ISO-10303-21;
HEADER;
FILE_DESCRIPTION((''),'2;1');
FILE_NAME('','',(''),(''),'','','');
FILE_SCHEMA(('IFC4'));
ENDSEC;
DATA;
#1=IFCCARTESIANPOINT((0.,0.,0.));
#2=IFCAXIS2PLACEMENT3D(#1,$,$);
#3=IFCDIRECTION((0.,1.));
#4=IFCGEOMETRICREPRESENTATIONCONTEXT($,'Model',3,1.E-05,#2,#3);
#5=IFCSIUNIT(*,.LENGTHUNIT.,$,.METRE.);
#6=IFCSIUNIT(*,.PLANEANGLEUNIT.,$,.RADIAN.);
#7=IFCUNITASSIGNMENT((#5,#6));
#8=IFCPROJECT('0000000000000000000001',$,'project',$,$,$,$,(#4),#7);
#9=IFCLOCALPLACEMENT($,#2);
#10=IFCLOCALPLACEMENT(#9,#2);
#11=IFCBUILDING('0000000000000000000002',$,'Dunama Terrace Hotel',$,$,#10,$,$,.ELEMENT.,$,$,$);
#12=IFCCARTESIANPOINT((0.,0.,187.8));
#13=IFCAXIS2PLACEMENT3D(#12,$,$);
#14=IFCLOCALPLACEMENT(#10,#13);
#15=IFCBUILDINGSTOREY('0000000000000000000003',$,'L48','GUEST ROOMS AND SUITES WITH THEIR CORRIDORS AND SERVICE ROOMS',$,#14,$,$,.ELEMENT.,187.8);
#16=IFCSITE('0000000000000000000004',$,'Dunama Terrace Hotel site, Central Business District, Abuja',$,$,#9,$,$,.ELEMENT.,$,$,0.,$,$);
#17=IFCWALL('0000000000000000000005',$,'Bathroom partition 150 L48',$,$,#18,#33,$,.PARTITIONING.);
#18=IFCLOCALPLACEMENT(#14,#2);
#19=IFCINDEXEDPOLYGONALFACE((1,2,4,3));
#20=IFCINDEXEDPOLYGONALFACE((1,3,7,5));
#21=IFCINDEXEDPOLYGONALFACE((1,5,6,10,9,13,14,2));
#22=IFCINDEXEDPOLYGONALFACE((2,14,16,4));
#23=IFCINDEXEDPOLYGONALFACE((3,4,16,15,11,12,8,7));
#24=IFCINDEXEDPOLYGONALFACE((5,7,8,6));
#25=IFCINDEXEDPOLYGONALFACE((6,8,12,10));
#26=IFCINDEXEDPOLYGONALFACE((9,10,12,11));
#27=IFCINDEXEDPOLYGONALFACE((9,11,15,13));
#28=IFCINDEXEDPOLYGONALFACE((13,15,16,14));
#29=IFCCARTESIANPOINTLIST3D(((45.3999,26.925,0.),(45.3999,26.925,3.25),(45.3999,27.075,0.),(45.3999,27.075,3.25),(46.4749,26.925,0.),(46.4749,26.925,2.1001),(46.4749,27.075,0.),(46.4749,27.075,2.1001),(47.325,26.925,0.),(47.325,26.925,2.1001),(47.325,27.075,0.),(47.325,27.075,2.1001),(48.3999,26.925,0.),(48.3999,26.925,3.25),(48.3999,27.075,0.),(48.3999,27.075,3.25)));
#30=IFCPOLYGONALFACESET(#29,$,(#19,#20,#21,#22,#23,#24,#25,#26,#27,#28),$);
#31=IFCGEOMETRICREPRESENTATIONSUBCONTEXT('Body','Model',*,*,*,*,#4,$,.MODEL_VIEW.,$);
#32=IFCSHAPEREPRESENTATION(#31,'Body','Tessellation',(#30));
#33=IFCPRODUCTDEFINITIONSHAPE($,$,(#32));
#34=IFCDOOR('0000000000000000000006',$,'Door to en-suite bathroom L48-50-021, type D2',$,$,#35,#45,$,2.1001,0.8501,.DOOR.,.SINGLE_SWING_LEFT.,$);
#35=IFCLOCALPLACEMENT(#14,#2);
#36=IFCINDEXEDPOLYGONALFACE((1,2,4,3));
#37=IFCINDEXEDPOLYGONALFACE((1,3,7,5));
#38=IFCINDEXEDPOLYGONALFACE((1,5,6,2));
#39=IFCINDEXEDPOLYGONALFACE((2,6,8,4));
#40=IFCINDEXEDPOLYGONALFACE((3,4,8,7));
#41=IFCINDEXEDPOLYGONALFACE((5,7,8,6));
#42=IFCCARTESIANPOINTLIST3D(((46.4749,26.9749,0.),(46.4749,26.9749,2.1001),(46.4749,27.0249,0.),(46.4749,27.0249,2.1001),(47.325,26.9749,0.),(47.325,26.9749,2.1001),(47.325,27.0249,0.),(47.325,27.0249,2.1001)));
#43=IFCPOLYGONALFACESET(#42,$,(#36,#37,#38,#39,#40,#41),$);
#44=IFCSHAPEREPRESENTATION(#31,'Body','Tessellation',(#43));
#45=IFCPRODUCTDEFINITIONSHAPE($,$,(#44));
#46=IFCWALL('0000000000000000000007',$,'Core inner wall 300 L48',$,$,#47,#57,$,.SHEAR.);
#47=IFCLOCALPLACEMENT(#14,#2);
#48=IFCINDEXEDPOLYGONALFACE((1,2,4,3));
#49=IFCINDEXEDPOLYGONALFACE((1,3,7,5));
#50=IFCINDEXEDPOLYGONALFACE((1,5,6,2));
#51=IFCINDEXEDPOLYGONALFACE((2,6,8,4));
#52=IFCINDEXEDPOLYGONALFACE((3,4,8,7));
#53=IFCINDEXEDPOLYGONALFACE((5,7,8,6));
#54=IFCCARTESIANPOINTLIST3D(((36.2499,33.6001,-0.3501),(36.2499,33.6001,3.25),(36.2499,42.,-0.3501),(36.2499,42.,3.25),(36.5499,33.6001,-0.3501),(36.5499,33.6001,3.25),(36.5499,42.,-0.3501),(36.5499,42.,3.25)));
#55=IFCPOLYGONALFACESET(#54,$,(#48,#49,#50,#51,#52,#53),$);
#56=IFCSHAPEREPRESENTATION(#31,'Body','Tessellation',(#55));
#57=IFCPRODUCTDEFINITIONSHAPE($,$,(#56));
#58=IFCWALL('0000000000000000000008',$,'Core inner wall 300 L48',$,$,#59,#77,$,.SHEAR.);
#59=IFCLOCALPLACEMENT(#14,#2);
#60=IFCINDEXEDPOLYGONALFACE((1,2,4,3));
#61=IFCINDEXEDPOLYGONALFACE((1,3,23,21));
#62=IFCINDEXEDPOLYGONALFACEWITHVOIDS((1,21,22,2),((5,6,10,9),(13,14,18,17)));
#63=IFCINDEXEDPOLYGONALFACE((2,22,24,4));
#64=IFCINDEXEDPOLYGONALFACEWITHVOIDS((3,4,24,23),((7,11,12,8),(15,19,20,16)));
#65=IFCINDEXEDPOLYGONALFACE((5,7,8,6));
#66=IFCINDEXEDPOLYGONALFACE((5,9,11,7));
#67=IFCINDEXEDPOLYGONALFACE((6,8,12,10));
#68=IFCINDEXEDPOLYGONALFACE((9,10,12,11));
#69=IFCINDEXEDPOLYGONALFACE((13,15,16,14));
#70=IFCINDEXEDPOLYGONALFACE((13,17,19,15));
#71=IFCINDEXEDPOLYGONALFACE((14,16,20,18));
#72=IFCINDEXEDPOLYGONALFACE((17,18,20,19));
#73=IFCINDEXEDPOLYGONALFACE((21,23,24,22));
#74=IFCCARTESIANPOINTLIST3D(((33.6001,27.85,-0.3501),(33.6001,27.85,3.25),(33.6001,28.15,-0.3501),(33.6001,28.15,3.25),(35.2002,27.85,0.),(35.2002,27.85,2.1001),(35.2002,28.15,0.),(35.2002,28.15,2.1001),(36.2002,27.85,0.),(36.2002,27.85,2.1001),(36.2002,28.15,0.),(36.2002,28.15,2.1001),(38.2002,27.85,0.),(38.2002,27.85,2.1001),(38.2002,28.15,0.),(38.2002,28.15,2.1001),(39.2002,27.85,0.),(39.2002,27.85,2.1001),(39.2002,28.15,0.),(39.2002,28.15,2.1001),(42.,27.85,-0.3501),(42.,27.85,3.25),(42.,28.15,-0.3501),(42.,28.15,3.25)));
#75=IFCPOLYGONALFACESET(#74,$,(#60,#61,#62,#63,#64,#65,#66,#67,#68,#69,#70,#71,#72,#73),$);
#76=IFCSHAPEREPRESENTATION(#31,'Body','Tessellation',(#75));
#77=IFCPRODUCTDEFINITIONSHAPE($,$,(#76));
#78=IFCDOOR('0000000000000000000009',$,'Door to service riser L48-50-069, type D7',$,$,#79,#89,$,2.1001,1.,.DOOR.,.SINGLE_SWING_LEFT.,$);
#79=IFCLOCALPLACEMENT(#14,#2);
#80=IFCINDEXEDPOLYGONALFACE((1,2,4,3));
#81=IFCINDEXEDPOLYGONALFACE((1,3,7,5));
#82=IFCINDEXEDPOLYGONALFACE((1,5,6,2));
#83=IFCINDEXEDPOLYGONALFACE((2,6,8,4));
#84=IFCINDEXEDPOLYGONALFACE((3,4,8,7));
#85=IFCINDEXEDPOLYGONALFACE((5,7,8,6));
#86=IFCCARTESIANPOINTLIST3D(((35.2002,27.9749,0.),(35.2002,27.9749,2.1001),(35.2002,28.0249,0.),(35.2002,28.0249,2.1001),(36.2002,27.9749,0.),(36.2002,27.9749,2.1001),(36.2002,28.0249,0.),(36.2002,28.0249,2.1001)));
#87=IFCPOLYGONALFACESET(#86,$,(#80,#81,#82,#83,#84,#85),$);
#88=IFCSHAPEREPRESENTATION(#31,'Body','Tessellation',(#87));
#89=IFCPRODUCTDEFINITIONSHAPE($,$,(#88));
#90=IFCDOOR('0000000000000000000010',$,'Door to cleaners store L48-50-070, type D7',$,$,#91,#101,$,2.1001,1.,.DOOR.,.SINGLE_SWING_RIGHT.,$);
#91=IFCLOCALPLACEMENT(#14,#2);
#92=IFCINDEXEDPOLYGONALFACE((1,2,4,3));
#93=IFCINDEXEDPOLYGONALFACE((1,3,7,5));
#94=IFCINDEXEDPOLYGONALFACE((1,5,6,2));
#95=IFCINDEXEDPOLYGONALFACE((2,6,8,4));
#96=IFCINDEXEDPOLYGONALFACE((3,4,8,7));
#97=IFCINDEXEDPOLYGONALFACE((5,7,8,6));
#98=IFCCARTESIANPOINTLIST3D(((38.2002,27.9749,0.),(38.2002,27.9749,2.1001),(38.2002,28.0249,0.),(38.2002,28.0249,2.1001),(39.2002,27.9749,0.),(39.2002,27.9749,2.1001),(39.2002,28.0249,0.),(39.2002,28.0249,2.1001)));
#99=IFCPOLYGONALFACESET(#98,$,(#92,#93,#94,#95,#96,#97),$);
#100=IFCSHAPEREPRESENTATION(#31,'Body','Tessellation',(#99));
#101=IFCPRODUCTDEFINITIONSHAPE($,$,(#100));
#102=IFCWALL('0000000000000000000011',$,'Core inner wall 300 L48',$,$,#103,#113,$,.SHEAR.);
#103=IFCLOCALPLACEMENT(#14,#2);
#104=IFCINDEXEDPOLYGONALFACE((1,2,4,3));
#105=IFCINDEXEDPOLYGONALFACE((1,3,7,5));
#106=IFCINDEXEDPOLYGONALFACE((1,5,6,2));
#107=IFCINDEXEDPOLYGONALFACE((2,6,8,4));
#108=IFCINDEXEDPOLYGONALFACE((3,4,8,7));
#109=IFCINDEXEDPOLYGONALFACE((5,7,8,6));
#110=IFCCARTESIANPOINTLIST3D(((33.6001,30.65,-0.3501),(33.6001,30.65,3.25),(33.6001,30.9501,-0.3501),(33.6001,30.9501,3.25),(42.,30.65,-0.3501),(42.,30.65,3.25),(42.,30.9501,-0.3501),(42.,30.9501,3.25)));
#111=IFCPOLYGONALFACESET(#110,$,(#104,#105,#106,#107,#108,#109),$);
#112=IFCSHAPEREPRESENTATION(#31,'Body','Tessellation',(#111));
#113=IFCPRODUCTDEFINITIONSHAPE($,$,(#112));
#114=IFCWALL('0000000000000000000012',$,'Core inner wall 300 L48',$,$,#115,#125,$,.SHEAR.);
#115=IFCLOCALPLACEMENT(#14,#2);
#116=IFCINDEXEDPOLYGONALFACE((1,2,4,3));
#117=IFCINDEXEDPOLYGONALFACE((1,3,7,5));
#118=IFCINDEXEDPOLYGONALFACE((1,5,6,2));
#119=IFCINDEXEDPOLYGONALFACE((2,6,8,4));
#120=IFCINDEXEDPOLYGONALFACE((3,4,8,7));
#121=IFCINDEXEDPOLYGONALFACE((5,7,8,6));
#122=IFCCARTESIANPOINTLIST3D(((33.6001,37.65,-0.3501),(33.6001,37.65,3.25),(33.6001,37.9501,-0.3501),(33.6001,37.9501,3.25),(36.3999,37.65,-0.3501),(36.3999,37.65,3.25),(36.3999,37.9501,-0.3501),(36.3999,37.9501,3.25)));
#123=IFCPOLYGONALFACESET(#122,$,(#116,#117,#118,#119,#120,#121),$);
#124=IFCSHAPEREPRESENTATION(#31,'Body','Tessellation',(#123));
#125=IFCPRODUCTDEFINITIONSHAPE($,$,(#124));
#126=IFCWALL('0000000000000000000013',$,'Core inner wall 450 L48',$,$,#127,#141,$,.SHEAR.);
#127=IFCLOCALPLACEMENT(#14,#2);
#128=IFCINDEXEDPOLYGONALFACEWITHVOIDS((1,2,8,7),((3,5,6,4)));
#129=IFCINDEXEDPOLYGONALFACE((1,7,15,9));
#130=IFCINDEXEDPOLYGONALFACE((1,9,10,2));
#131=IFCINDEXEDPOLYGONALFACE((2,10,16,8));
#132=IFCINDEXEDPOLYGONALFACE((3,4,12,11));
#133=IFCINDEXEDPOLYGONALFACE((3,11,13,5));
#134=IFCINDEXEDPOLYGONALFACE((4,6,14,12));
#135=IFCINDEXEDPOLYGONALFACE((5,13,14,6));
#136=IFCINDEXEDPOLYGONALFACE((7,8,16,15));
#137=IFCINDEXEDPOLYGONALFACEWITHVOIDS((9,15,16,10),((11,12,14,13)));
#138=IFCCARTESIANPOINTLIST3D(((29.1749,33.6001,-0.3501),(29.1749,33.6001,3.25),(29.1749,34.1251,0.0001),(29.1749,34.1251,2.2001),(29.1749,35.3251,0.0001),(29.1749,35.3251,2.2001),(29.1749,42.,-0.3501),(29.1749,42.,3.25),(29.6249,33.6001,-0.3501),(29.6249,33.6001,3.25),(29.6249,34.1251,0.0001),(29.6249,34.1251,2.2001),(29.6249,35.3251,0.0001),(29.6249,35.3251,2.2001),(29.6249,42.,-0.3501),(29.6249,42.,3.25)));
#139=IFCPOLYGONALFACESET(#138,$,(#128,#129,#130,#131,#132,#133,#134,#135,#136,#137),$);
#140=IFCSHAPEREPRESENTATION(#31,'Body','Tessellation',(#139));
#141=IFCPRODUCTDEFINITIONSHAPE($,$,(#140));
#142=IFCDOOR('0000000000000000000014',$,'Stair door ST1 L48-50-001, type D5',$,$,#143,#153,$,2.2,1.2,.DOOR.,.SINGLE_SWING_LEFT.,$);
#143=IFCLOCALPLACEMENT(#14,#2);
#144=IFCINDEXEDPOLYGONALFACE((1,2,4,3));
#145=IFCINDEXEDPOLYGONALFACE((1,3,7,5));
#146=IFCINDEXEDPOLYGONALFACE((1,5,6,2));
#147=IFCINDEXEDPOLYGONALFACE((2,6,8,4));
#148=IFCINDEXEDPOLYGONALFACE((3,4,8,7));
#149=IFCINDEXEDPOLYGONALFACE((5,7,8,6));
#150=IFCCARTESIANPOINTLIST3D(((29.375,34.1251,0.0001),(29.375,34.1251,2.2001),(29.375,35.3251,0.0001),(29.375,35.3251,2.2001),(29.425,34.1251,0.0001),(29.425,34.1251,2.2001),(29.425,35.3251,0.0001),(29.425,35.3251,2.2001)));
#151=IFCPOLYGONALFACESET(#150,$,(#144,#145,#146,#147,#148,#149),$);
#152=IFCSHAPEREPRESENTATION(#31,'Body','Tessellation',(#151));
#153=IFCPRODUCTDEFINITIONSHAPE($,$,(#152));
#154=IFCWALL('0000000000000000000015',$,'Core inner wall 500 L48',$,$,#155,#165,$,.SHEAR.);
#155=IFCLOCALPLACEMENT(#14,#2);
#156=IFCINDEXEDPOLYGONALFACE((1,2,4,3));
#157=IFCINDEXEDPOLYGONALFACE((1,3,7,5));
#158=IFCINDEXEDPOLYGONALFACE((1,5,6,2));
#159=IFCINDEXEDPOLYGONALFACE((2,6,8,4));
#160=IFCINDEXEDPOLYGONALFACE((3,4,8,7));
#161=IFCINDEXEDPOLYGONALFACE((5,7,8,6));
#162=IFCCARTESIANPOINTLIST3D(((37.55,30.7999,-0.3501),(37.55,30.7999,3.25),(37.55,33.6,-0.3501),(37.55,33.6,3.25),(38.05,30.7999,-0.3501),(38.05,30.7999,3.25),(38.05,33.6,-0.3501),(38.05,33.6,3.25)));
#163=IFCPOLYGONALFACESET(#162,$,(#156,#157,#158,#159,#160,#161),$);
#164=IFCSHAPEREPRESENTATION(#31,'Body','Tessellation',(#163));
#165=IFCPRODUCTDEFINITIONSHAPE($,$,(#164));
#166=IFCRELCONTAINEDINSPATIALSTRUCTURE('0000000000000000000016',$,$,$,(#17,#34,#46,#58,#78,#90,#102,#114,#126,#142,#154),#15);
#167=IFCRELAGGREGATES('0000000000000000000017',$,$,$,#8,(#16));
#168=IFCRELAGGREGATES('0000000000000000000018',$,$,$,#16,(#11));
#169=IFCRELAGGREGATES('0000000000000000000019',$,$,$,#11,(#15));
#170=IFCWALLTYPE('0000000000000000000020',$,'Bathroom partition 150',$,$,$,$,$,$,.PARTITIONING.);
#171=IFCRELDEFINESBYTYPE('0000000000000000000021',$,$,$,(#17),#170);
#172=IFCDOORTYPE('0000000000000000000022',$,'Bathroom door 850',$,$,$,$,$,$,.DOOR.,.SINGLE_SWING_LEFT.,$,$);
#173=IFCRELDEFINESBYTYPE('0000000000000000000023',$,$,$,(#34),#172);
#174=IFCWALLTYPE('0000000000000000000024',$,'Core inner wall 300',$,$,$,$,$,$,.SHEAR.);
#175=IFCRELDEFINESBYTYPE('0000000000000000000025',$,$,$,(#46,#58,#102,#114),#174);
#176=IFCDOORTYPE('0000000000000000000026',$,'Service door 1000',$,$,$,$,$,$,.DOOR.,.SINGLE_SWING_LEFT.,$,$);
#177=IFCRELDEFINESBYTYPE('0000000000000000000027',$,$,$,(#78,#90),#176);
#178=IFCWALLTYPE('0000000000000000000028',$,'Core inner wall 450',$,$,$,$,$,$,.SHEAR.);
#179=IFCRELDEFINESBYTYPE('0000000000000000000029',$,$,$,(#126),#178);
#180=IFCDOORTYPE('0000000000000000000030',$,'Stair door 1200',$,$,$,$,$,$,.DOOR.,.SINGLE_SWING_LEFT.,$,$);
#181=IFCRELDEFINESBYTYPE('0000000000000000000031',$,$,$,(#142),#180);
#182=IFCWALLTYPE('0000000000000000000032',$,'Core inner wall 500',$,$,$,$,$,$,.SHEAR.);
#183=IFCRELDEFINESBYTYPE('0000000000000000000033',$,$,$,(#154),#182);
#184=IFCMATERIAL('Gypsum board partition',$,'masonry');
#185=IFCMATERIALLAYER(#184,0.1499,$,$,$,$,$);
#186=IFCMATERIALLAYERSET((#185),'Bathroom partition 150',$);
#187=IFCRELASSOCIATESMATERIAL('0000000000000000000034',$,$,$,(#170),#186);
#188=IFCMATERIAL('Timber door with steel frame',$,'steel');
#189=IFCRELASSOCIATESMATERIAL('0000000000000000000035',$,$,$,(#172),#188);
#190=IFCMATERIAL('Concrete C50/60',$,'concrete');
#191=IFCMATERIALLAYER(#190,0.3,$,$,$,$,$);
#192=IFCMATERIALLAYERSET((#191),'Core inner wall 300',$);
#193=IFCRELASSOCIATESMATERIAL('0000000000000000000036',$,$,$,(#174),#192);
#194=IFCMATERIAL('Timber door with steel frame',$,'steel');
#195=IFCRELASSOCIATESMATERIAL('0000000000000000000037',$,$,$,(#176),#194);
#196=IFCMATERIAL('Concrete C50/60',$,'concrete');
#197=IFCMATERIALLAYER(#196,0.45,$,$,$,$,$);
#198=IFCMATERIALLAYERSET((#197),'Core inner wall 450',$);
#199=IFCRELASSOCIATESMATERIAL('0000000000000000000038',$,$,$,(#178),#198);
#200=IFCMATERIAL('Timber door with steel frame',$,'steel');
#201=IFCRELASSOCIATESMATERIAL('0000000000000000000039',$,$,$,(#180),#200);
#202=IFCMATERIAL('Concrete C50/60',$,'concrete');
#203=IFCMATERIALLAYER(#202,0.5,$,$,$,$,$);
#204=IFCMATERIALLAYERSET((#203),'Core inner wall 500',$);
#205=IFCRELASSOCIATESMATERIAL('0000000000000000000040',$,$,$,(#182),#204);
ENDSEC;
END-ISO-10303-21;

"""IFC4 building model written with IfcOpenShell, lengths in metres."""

from ifc_helpers import new_model, si_unit, direction, frame, frame_2d, origin, place, context, subcontext, project, spatial, rectangle, extrude, material, layer, layer_set, type_object, element, fill, save


model = new_model("IFC4")

# Units and contexts
model_context = context("Model", 3, precision=1e-05, world=origin(), true_north=direction((0.0, 1.0)))
body_context = subcontext(model_context, "Body", "Model", "MODEL_VIEW")
ifc_project = project(units=[si_unit("LENGTHUNIT", "METRE"), si_unit("PLANEANGLEUNIT", "RADIAN")], contexts=[model_context])

# Site, building, storey
site_placement = place(None, origin())
site = spatial("IfcSite", under=ifc_project, at=site_placement, Name="Dunama Terrace Hotel site, Central Business District, Abuja", CompositionType="ELEMENT", RefElevation=0.0)
building_placement = place(site_placement, origin())
building = spatial("IfcBuilding", under=site, at=building_placement, Name="Dunama Terrace Hotel", CompositionType="ELEMENT")
storey_placement = place(building_placement, frame((0.0, 0.0, 187.8)))
storey = spatial("IfcBuildingStorey", under=building, at=storey_placement, Name="L48", Description="GUEST ROOMS AND SUITES WITH THEIR CORRIDORS AND SERVICE ROOMS", CompositionType="ELEMENT", Elevation=187.8)

# Wall, opening, door
ifc_material_1 = material(Name="Gypsum board partition", Category="masonry")
ifc_layer_1 = layer(ifc_material_1, 0.1499)
ifc_layer_set_1 = layer_set([ifc_layer_1], Name="Bathroom partition 150")
wall_type_1 = type_object("IfcWallType", Name="Bathroom partition 150", PredefinedType="PARTITIONING", material=ifc_layer_set_1)
wall_1_placement = place(storey_placement, frame((45.3999, 27.0, 0.0), z_axis=(0.0, 0.0, 1.0), x_axis=(1.0, 0.0, 0.0)))
wall_1 = element("IfcWall", 1, at=wall_1_placement, inside=storey, type_object=wall_type_1, Name="Bathroom partition 150 L48", PredefinedType="PARTITIONING", context=body_context, shape_type="SweptSolid", body=[
    extrude(rectangle(XDim=3.0, YDim=0.1499, at=frame_2d((1.5, 0.0))), origin(), (0.0, 0.0, 1.0), 3.25),
])
opening_1_placement = place(wall_1_placement, frame((1.075, 0.0, 0.0)))
opening_1 = element("IfcOpeningElement", 2, at=opening_1_placement, cuts=wall_1, PredefinedType="OPENING", context=body_context, shape_type="SweptSolid", body=[
    extrude(rectangle(XDim=0.8501, YDim=2.1001, at=frame_2d((0.425, 1.05))), frame((0.0, 0.085, 0.0), z_axis=(0.0, -1.0, 0.0), x_axis=(1.0, 0.0, 0.0)), (0.0, 0.0, 1.0), 0.1699),
])
ifc_material_2 = material(Name="Timber door with steel frame", Category="steel")
door_type_1 = type_object("IfcDoorType", Name="Bathroom door 850", OperationType="SINGLE_SWING_LEFT", PredefinedType="DOOR", material=ifc_material_2)
door_1_placement = place(opening_1_placement, origin())
door_1 = element("IfcDoor", 3, at=door_1_placement, inside=storey, type_object=door_type_1, Name="Door to en-suite bathroom L48-50-021, type D2", OperationType="SINGLE_SWING_LEFT", OverallHeight=2.1001, OverallWidth=0.8501, PredefinedType="DOOR", context=body_context, shape_type="SweptSolid", body=[
    extrude(rectangle(XDim=0.8501, YDim=2.1001, at=frame_2d((0.425, 1.05))), frame((0.0, 0.0249, 0.0), z_axis=(0.0, -1.0, 0.0), x_axis=(1.0, 0.0, 0.0)), (0.0, 0.0, 1.0), 0.05),
])
fill(opening_1, door_1)

# Wall
ifc_material_3 = material(Name="Concrete C50/60", Category="concrete")
ifc_layer_2 = layer(ifc_material_3, 0.3)
ifc_layer_set_2 = layer_set([ifc_layer_2], Name="Core inner wall 300")
wall_type_2 = type_object("IfcWallType", Name="Core inner wall 300", PredefinedType="SHEAR", material=ifc_layer_set_2)
wall_2_placement = place(storey_placement, frame((36.3999, 33.6001, -0.3501), z_axis=(0.0, 0.0, 1.0), x_axis=(0.0, 1.0, 0.0)))
element("IfcWall", 4, at=wall_2_placement, inside=storey, type_object=wall_type_2, Name="Core inner wall 300 L48", PredefinedType="SHEAR", context=body_context, shape_type="SweptSolid", body=[
    extrude(rectangle(XDim=8.3999, YDim=0.3, at=frame_2d((4.2, 0.0))), origin(), (0.0, 0.0, 1.0), 3.6001),
])

# Wall, openings, doors
wall_3_placement = place(storey_placement, frame((33.6001, 28.0, -0.3501), z_axis=(0.0, 0.0, 1.0), x_axis=(1.0, 0.0, 0.0)))
wall_3 = element("IfcWall", 5, at=wall_3_placement, inside=storey, type_object=wall_type_2, Name="Core inner wall 300 L48", PredefinedType="SHEAR", context=body_context, shape_type="SweptSolid", body=[
    extrude(rectangle(XDim=8.3999, YDim=0.3, at=frame_2d((4.2, 0.0))), origin(), (0.0, 0.0, 1.0), 3.6001),
])
opening_2_placement = place(wall_3_placement, frame((1.6001, 0.0, 0.3501)))
opening_2 = element("IfcOpeningElement", 6, at=opening_2_placement, cuts=wall_3, PredefinedType="OPENING", context=body_context, shape_type="SweptSolid", body=[
    extrude(rectangle(XDim=1.0, YDim=2.1001, at=frame_2d((0.5, 1.05))), frame((0.0, 0.1599, 0.0), z_axis=(0.0, -1.0, 0.0), x_axis=(1.0, 0.0, 0.0)), (0.0, 0.0, 1.0), 0.3201),
])
opening_3_placement = place(wall_3_placement, frame((4.6001, 0.0, 0.3501)))
opening_3 = element("IfcOpeningElement", 7, at=opening_3_placement, cuts=wall_3, PredefinedType="OPENING", context=body_context, shape_type="SweptSolid", body=[
    extrude(rectangle(XDim=1.0, YDim=2.1001, at=frame_2d((0.5, 1.05))), frame((0.0, 0.1599, 0.0), z_axis=(0.0, -1.0, 0.0), x_axis=(1.0, 0.0, 0.0)), (0.0, 0.0, 1.0), 0.3201),
])
ifc_material_4 = material(Name="Timber door with steel frame", Category="steel")
door_type_2 = type_object("IfcDoorType", Name="Service door 1000", OperationType="SINGLE_SWING_LEFT", PredefinedType="DOOR", material=ifc_material_4)
door_2_placement = place(opening_2_placement, frame((1.0, 0.0, 0.0), z_axis=(0.0, 0.0, 1.0), x_axis=(-1.0, 0.0, 0.0)))
door_2 = element("IfcDoor", 8, at=door_2_placement, inside=storey, type_object=door_type_2, Name="Door to service riser L48-50-069, type D7", OperationType="SINGLE_SWING_LEFT", OverallHeight=2.1001, OverallWidth=1.0, PredefinedType="DOOR", context=body_context, shape_type="SweptSolid", body=[
    extrude(rectangle(XDim=1.0, YDim=2.1001, at=frame_2d((0.5, 1.05))), frame((0.0, 0.0251, 0.0), z_axis=(0.0, -1.0, 0.0), x_axis=(1.0, 0.0, 0.0)), (0.0, 0.0, 1.0), 0.05),
])
fill(opening_2, door_2)
door_3_placement = place(opening_3_placement, frame((1.0, 0.0, 0.0), z_axis=(0.0, 0.0, 1.0), x_axis=(-1.0, 0.0, 0.0)))
door_3 = element("IfcDoor", 9, at=door_3_placement, inside=storey, type_object=door_type_2, Name="Door to cleaners store L48-50-070, type D7", OperationType="SINGLE_SWING_RIGHT", OverallHeight=2.1001, OverallWidth=1.0, PredefinedType="DOOR", context=body_context, shape_type="SweptSolid", body=[
    extrude(rectangle(XDim=1.0, YDim=2.1001, at=frame_2d((0.5, 1.05))), frame((0.0, 0.0251, 0.0), z_axis=(0.0, -1.0, 0.0), x_axis=(1.0, 0.0, 0.0)), (0.0, 0.0, 1.0), 0.05),
])
fill(opening_3, door_3)

# Walls
wall_4_placement = place(storey_placement, frame((33.6001, 30.8, -0.3501), z_axis=(0.0, 0.0, 1.0), x_axis=(1.0, 0.0, 0.0)))
element("IfcWall", 10, at=wall_4_placement, inside=storey, type_object=wall_type_2, Name="Core inner wall 300 L48", PredefinedType="SHEAR", context=body_context, shape_type="SweptSolid", body=[
    extrude(rectangle(XDim=8.3999, YDim=0.3, at=frame_2d((4.2, 0.0))), origin(), (0.0, 0.0, 1.0), 3.6001),
])
wall_5_placement = place(storey_placement, frame((33.6001, 37.8, -0.3501), z_axis=(0.0, 0.0, 1.0), x_axis=(1.0, 0.0, 0.0)))
element("IfcWall", 11, at=wall_5_placement, inside=storey, type_object=wall_type_2, Name="Core inner wall 300 L48", PredefinedType="SHEAR", context=body_context, shape_type="SweptSolid", body=[
    extrude(rectangle(XDim=2.7998, YDim=0.3, at=frame_2d((1.3999, 0.0))), origin(), (0.0, 0.0, 1.0), 3.6001),
])

# Wall, opening, door
ifc_material_5 = material(Name="Concrete C50/60", Category="concrete")
ifc_layer_3 = layer(ifc_material_5, 0.45)
ifc_layer_set_3 = layer_set([ifc_layer_3], Name="Core inner wall 450")
wall_type_3 = type_object("IfcWallType", Name="Core inner wall 450", PredefinedType="SHEAR", material=ifc_layer_set_3)
wall_6_placement = place(storey_placement, frame((29.3999, 33.6001, -0.3501), z_axis=(0.0, 0.0, 1.0), x_axis=(0.0, 1.0, 0.0)))
wall_6 = element("IfcWall", 12, at=wall_6_placement, inside=storey, type_object=wall_type_3, Name="Core inner wall 450 L48", PredefinedType="SHEAR", context=body_context, shape_type="SweptSolid", body=[
    extrude(rectangle(XDim=8.3999, YDim=0.45, at=frame_2d((4.2, 0.0))), origin(), (0.0, 0.0, 1.0), 3.6001),
])
opening_4_placement = place(wall_6_placement, frame((0.5249, 0.0, 0.3501)))
opening_4 = element("IfcOpeningElement", 13, at=opening_4_placement, cuts=wall_6, PredefinedType="OPENING", context=body_context, shape_type="SweptSolid", body=[
    extrude(rectangle(XDim=1.2, YDim=2.2, at=frame_2d((0.6001, 1.1001))), frame((0.0, 0.2349, 0.0), z_axis=(0.0, -1.0, 0.0), x_axis=(1.0, 0.0, 0.0)), (0.0, 0.0, 1.0), 0.47),
])
ifc_material_6 = material(Name="Timber door with steel frame", Category="steel")
door_type_3 = type_object("IfcDoorType", Name="Stair door 1200", OperationType="SINGLE_SWING_LEFT", PredefinedType="DOOR", material=ifc_material_6)
door_4_placement = place(opening_4_placement, origin())
door_4 = element("IfcDoor", 14, at=door_4_placement, inside=storey, type_object=door_type_3, Name="Stair door ST1 L48-50-001, type D5", OperationType="SINGLE_SWING_LEFT", OverallHeight=2.2, OverallWidth=1.2, PredefinedType="DOOR", context=body_context, shape_type="SweptSolid", body=[
    extrude(rectangle(XDim=1.2, YDim=2.2, at=frame_2d((0.6001, 1.1001))), frame((0.0, 0.0249, 0.0), z_axis=(0.0, -1.0, 0.0), x_axis=(1.0, 0.0, 0.0)), (0.0, 0.0, 1.0), 0.05),
])
fill(opening_4, door_4)

# Wall
ifc_material_7 = material(Name="Concrete C50/60", Category="concrete")
ifc_layer_4 = layer(ifc_material_7, 0.5)
ifc_layer_set_4 = layer_set([ifc_layer_4], Name="Core inner wall 500")
wall_type_4 = type_object("IfcWallType", Name="Core inner wall 500", PredefinedType="SHEAR", material=ifc_layer_set_4)
wall_7_placement = place(storey_placement, frame((37.8, 30.8, -0.3501), z_axis=(0.0, 0.0, 1.0), x_axis=(0.0, 1.0, 0.0)))
element("IfcWall", 15, at=wall_7_placement, inside=storey, type_object=wall_type_4, Name="Core inner wall 500 L48", PredefinedType="SHEAR", context=body_context, shape_type="SweptSolid", body=[
    extrude(rectangle(XDim=2.8, YDim=0.5, at=frame_2d((1.3999, 0.0))), origin(), (0.0, 0.0, 1.0), 3.6001),
])

save(model, "model.ifc")
